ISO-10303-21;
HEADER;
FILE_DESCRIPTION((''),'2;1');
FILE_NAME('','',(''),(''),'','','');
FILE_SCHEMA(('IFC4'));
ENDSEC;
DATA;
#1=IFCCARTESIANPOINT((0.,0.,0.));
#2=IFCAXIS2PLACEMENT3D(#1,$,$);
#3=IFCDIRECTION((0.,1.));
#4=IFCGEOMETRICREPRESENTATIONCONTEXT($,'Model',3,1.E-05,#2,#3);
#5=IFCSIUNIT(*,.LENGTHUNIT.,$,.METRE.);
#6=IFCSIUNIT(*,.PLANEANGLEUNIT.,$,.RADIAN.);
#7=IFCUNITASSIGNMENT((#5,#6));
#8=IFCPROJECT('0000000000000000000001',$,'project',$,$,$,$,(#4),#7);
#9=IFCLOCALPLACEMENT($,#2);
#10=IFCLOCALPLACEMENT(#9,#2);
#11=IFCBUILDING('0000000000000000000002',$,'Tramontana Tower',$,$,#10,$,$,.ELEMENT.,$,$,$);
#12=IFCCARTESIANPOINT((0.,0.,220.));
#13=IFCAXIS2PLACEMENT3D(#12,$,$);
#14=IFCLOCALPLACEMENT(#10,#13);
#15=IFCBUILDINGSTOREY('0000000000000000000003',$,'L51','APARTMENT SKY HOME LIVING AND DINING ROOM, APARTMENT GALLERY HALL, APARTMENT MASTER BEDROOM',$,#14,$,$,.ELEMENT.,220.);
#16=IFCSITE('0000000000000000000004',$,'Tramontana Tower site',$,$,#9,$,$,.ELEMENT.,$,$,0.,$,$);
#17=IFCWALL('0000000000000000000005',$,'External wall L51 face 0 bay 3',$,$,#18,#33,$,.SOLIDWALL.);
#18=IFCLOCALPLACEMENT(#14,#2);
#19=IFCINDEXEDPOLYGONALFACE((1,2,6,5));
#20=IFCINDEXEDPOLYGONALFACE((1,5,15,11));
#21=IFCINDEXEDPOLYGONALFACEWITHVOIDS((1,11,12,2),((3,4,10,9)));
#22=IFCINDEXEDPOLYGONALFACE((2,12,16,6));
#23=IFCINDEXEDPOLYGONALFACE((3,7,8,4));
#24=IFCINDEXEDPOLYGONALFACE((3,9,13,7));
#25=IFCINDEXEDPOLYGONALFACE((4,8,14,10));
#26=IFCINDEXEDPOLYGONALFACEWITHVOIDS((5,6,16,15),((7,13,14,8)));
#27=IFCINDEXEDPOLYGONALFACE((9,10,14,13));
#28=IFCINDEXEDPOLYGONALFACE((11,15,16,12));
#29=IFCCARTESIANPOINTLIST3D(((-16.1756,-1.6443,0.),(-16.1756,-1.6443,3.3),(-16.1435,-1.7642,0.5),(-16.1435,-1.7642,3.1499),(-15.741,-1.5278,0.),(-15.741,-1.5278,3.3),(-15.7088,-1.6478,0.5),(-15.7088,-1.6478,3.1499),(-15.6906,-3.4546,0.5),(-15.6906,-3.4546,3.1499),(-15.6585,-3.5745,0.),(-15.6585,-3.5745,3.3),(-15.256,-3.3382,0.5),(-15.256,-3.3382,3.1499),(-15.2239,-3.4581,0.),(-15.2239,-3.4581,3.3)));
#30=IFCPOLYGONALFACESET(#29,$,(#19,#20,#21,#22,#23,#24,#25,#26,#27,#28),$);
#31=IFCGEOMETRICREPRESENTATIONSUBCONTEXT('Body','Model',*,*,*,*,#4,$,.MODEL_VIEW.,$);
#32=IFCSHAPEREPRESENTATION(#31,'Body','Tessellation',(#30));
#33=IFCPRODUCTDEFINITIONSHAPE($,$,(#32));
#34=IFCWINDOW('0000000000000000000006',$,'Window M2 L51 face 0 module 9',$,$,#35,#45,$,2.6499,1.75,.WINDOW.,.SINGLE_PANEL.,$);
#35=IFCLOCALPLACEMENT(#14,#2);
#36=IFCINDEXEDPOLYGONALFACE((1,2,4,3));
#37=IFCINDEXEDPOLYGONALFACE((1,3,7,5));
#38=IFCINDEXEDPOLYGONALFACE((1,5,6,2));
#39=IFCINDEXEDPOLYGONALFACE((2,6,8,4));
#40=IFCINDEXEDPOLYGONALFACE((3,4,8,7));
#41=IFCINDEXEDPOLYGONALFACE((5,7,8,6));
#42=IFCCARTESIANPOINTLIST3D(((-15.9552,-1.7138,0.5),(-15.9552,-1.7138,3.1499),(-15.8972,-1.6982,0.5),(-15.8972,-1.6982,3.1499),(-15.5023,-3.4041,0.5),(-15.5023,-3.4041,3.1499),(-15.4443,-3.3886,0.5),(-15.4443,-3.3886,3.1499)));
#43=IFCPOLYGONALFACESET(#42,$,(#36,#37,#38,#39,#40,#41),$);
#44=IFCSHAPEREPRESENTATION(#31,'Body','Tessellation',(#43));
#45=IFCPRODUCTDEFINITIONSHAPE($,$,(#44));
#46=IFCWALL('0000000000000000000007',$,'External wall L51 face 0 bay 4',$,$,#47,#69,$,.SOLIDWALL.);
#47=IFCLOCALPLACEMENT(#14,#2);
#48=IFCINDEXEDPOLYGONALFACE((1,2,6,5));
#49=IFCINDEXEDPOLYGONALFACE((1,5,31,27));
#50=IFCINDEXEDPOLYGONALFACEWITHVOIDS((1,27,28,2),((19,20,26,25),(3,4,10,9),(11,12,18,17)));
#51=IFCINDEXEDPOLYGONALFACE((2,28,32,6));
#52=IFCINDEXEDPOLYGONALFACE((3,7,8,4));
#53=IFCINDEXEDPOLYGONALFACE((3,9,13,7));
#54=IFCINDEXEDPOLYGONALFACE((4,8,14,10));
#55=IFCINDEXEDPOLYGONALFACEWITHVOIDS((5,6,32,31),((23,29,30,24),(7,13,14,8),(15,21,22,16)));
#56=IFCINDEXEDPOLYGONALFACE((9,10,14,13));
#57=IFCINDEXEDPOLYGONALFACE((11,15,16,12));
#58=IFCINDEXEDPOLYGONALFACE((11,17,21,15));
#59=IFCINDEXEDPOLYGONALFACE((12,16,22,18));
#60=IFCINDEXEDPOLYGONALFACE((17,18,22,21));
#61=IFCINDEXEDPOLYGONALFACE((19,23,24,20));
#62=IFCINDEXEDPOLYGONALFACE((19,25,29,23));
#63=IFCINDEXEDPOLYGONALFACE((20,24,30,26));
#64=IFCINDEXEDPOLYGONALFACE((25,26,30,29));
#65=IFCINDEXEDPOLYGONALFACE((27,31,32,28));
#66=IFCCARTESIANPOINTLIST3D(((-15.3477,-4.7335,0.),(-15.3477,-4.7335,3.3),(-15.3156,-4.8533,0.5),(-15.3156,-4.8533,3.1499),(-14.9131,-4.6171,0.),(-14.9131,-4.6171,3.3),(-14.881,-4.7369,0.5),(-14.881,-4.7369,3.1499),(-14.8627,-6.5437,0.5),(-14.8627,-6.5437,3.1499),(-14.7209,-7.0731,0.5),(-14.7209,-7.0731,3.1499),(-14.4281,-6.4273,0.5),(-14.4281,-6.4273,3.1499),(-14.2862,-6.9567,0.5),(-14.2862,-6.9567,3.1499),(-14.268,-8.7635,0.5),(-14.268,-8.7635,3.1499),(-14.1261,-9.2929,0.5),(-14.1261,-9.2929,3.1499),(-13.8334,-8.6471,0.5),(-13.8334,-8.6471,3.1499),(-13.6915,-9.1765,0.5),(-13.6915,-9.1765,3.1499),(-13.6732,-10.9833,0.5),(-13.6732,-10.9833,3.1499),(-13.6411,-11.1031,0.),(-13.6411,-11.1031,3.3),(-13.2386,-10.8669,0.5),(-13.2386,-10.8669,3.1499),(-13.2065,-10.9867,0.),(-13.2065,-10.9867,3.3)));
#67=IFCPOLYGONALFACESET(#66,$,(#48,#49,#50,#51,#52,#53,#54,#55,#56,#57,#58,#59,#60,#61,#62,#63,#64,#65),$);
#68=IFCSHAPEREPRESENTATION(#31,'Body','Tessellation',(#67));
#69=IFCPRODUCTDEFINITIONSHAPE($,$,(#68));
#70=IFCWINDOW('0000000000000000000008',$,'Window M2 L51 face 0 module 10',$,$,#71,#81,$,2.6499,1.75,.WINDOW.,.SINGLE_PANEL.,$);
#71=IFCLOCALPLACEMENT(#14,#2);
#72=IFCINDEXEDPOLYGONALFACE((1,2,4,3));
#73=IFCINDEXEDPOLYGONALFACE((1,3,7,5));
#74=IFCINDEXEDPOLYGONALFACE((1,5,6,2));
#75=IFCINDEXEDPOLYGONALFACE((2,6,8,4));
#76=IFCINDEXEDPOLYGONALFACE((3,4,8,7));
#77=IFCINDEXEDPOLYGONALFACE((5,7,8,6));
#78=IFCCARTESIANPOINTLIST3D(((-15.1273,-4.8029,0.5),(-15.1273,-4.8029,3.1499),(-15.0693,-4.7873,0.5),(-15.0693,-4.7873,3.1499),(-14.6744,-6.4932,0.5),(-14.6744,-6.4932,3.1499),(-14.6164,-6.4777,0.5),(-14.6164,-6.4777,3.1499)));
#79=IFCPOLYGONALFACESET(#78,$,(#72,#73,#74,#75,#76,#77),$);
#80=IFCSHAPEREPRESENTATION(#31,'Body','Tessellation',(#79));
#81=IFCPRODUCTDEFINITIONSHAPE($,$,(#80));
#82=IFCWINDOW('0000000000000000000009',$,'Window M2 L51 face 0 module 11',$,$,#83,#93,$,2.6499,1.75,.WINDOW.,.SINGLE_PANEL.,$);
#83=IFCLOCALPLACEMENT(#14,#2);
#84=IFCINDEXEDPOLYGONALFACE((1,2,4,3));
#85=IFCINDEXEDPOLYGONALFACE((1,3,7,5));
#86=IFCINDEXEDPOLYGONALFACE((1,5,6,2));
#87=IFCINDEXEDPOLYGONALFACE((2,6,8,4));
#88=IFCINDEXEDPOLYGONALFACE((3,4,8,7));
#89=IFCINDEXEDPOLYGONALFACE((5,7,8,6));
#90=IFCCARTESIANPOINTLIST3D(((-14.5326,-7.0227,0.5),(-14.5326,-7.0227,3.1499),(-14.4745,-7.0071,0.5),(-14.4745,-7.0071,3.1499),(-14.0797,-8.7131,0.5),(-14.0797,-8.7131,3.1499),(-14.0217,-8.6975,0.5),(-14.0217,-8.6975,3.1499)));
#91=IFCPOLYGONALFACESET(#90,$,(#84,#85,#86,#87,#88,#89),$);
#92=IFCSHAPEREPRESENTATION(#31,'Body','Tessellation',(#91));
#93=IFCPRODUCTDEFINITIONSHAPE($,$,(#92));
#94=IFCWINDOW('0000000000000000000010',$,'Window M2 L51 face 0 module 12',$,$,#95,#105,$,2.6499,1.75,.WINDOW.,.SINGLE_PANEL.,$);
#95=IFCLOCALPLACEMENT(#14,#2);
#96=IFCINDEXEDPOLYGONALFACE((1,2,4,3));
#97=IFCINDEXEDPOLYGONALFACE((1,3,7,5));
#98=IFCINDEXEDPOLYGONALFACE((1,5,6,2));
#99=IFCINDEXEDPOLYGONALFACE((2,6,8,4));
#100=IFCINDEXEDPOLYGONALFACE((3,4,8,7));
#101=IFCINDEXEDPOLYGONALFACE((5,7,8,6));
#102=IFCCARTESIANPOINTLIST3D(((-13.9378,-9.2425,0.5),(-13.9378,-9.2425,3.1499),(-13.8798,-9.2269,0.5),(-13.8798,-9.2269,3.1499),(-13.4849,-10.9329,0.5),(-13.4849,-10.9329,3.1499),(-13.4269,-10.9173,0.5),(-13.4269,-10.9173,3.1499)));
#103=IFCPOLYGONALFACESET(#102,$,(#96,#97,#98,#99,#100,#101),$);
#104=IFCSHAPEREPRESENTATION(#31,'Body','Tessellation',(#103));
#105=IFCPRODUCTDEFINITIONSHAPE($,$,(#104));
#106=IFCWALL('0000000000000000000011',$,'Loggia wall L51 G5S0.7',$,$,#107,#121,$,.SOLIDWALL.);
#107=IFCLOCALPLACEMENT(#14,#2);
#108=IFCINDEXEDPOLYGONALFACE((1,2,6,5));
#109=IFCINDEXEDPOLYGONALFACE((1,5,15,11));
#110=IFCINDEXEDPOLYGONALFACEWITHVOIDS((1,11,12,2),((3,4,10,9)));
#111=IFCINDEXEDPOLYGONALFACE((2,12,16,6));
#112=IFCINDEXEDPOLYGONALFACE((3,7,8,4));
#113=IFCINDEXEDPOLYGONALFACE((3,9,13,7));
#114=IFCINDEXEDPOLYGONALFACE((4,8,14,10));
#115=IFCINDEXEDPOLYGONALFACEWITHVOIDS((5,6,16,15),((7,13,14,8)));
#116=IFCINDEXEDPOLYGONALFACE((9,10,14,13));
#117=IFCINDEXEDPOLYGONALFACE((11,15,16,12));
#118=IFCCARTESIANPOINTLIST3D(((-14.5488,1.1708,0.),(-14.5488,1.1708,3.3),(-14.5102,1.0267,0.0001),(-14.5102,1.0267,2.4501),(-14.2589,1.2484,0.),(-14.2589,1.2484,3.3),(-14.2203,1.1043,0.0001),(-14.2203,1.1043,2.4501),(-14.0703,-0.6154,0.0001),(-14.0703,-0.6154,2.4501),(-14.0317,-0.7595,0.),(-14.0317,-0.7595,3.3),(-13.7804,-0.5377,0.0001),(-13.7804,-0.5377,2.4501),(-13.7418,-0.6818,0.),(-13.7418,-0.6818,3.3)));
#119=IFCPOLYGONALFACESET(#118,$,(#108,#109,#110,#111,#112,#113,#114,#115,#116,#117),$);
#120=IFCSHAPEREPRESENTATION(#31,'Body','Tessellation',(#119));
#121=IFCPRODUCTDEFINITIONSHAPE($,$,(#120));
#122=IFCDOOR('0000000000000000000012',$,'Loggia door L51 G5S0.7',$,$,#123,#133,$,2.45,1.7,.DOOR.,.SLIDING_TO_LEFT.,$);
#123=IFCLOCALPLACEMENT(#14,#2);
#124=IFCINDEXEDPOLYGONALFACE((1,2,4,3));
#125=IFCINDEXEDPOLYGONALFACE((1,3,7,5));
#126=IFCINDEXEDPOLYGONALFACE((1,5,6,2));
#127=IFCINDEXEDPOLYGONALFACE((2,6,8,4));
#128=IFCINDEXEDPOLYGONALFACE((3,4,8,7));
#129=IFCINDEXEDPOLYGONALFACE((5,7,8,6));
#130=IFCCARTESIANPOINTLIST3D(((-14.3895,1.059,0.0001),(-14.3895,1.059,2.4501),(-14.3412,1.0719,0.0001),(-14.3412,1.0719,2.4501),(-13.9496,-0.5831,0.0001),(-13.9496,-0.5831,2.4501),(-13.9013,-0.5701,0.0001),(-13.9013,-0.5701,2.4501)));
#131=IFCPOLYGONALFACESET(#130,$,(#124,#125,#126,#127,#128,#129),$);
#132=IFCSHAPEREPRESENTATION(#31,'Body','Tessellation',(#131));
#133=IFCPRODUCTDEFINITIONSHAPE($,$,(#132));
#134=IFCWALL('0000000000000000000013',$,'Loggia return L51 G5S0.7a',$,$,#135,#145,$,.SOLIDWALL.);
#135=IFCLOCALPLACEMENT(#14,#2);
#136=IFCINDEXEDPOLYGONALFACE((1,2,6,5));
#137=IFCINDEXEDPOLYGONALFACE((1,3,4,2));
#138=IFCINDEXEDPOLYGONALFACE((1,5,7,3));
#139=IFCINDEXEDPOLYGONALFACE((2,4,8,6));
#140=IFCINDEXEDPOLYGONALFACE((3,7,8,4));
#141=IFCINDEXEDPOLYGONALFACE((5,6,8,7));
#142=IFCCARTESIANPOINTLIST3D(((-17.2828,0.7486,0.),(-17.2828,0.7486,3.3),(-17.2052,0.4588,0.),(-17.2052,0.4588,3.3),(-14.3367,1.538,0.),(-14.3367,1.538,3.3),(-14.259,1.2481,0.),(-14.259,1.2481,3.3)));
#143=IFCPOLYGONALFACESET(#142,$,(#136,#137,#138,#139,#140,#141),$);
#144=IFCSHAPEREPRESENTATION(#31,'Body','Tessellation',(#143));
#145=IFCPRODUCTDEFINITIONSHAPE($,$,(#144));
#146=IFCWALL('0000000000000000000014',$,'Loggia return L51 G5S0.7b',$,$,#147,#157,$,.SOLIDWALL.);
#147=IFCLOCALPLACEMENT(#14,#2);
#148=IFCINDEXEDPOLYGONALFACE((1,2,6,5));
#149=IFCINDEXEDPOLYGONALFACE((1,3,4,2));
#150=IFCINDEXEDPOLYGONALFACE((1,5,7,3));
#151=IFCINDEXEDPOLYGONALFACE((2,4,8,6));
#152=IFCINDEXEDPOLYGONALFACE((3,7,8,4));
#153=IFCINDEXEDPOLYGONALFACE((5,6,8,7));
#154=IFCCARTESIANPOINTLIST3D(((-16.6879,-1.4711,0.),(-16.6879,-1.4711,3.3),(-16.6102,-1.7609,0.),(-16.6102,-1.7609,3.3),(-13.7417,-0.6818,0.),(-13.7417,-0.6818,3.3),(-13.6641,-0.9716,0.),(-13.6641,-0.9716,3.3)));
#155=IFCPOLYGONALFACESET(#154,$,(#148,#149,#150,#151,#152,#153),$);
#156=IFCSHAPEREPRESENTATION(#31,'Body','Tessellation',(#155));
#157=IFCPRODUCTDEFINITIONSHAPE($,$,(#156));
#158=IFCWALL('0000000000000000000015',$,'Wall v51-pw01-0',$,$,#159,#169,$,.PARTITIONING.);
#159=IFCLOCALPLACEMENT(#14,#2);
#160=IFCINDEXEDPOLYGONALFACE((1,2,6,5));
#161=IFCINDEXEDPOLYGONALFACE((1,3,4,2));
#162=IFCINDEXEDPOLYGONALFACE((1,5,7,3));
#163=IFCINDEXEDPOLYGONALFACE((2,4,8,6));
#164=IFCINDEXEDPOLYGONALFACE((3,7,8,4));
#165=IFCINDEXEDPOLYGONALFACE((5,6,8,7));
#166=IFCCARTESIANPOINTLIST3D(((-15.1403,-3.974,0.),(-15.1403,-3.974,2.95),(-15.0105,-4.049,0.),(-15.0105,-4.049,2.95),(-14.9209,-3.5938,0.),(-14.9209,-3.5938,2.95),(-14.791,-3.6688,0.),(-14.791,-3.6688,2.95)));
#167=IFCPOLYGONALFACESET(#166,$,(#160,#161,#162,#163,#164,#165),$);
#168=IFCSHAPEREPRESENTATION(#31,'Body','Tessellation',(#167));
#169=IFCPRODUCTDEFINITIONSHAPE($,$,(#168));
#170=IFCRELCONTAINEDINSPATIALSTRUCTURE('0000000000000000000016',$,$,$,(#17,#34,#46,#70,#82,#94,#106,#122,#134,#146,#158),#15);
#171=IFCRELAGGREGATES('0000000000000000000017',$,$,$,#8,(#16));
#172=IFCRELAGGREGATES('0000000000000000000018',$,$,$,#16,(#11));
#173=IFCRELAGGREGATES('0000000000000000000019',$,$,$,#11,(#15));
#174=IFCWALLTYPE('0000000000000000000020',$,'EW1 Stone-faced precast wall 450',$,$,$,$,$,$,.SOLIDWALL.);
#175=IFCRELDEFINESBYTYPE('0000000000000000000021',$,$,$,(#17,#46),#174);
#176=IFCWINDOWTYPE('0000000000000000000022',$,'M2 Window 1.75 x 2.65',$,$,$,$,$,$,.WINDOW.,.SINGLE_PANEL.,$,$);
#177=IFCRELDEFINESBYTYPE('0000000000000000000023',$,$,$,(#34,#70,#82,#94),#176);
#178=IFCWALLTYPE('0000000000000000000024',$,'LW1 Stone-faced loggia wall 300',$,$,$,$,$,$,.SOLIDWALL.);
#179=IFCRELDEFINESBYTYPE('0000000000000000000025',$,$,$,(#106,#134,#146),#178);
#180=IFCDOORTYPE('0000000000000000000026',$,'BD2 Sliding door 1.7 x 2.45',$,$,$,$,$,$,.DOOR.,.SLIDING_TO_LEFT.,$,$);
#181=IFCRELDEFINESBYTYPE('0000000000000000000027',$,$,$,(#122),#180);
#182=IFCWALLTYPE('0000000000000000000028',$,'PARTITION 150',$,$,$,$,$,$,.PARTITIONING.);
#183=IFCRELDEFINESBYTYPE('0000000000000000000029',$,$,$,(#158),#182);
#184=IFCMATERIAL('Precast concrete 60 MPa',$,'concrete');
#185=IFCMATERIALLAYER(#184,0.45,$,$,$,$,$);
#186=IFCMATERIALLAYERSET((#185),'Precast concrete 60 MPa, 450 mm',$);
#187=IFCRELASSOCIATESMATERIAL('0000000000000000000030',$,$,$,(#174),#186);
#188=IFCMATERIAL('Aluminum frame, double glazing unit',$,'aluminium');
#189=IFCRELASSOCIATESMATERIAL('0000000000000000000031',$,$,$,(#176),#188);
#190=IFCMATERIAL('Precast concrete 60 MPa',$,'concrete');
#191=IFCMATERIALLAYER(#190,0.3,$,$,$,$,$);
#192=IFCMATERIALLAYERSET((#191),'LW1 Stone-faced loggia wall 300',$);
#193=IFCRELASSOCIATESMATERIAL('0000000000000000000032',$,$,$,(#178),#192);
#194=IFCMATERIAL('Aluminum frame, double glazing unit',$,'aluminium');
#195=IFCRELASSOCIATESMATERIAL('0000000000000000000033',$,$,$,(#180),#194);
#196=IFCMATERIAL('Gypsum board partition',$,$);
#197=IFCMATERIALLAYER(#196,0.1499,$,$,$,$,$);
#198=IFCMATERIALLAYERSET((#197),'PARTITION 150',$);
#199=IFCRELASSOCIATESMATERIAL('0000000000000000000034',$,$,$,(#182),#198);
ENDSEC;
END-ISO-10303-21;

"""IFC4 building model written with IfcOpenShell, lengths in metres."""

from ifc_helpers import new_model, si_unit, direction, frame, frame_2d, origin, place, context, subcontext, project, spatial, rectangle, extrude, material, layer, layer_set, type_object, element, fill, save


model = new_model("IFC4")

# Units and contexts
model_context = context("Model", 3, precision=1e-05, world=origin(), true_north=direction((0.0, 1.0)))
body_context = subcontext(model_context, "Body", "Model", "MODEL_VIEW")
ifc_project = project(units=[si_unit("LENGTHUNIT", "METRE"), si_unit("PLANEANGLEUNIT", "RADIAN")], contexts=[model_context])

# Site, building, storey
site_placement = place(None, origin())
site = spatial("IfcSite", under=ifc_project, at=site_placement, Name="Tramontana Tower site", CompositionType="ELEMENT", RefElevation=0.0)
building_placement = place(site_placement, origin())
building = spatial("IfcBuilding", under=site, at=building_placement, Name="Tramontana Tower", CompositionType="ELEMENT")
storey_placement = place(building_placement, frame((0.0, 0.0, 220.0)))
storey = spatial("IfcBuildingStorey", under=building, at=storey_placement, Name="L51", Description="APARTMENT SKY HOME LIVING AND DINING ROOM, APARTMENT GALLERY HALL, APARTMENT MASTER BEDROOM", CompositionType="ELEMENT", Elevation=220.0)

# Wall, opening, window
ifc_material_1 = material(Name="Precast concrete 60 MPa", Category="concrete")
ifc_layer_1 = layer(ifc_material_1, 0.45)
ifc_layer_set_1 = layer_set([ifc_layer_1], Name="Precast concrete 60 MPa, 450 mm")
wall_type_1 = type_object("IfcWallType", Name="EW1 Stone-faced precast wall 450", PredefinedType="SOLIDWALL", material=ifc_layer_set_1)
wall_1_placement = place(storey_placement, frame((-15.9583, -1.5862, 0.0), z_axis=(0.0, 0.0, 1.0), x_axis=(0.258773, -0.965938, 0.0)))
wall_1 = element("IfcWall", 1, at=wall_1_placement, inside=storey, type_object=wall_type_1, Name="External wall L51 face 0 bay 3", PredefinedType="SOLIDWALL", context=body_context, shape_type="SweptSolid", body=[
    extrude(rectangle(XDim=1.9983, YDim=0.45, at=frame_2d((0.999, 0.0))), origin(), (0.0, 0.0, 1.0), 3.3),
])
opening_1_placement = place(wall_1_placement, frame((0.124, 0.0, 0.5)))
opening_1 = element("IfcOpeningElement", 2, at=opening_1_placement, cuts=wall_1, PredefinedType="OPENING", context=body_context, shape_type="SweptSolid", body=[
    extrude(rectangle(XDim=1.75, YDim=2.6499, at=frame_2d((0.875, 1.325))), frame((0.0, 0.2349, 0.0), z_axis=(0.0, -1.0, 0.0), x_axis=(1.0, 0.0, 0.0)), (0.0, 0.0, 1.0), 0.47),
])
ifc_material_2 = material(Name="Aluminum frame, double glazing unit", Category="aluminium")
window_type = type_object("IfcWindowType", Name="M2 Window 1.75 x 2.65", PartitioningType="SINGLE_PANEL", PredefinedType="WINDOW", material=ifc_material_2)
window_1_placement = place(opening_1_placement, origin())
window_1 = element("IfcWindow", 3, at=window_1_placement, inside=storey, type_object=window_type, Name="Window M2 L51 face 0 module 9", OverallHeight=2.6499, OverallWidth=1.75, PartitioningType="SINGLE_PANEL", PredefinedType="WINDOW", context=body_context, shape_type="SweptSolid", body=[
    extrude(rectangle(XDim=1.75, YDim=2.6499, at=frame_2d((0.875, 1.325))), frame((0.0, 0.03, 0.0), z_axis=(0.0, -1.0, 0.0), x_axis=(1.0, 0.0, 0.0)), (0.0, 0.0, 1.0), 0.0601),
])
fill(opening_1, window_1)

# Wall, openings, windows
wall_2_placement = place(storey_placement, frame((-15.1304, -4.6753, 0.0), z_axis=(0.0, 0.0, 1.0), x_axis=(0.258792, -0.965933, 0.0)))
wall_2 = element("IfcWall", 4, at=wall_2_placement, inside=storey, type_object=wall_type_1, Name="External wall L51 face 0 bay 4", PredefinedType="SOLIDWALL", context=body_context, shape_type="SweptSolid", body=[
    extrude(rectangle(XDim=6.5942, YDim=0.45, at=frame_2d((3.2971, 0.0))), origin(), (0.0, 0.0, 1.0), 3.3),
])
opening_2_placement = place(wall_2_placement, frame((0.124, 0.0, 0.5)))
opening_2 = element("IfcOpeningElement", 5, at=opening_2_placement, cuts=wall_2, PredefinedType="OPENING", context=body_context, shape_type="SweptSolid", body=[
    extrude(rectangle(XDim=1.75, YDim=2.6499, at=frame_2d((0.875, 1.325))), frame((0.0, 0.2349, 0.0), z_axis=(0.0, -1.0, 0.0), x_axis=(1.0, 0.0, 0.0)), (0.0, 0.0, 1.0), 0.47),
])
opening_3_placement = place(wall_2_placement, frame((2.4221, 0.0, 0.5)))
opening_3 = element("IfcOpeningElement", 6, at=opening_3_placement, cuts=wall_2, PredefinedType="OPENING", context=body_context, shape_type="SweptSolid", body=[
    extrude(rectangle(XDim=1.75, YDim=2.6499, at=frame_2d((0.875, 1.325))), frame((0.0, 0.2349, 0.0), z_axis=(0.0, -1.0, 0.0), x_axis=(1.0, 0.0, 0.0)), (0.0, 0.0, 1.0), 0.47),
])
opening_4_placement = place(wall_2_placement, frame((4.7202, 0.0, 0.5)))
opening_4 = element("IfcOpeningElement", 7, at=opening_4_placement, cuts=wall_2, PredefinedType="OPENING", context=body_context, shape_type="SweptSolid", body=[
    extrude(rectangle(XDim=1.75, YDim=2.6499, at=frame_2d((0.875, 1.325))), frame((0.0, 0.2349, 0.0), z_axis=(0.0, -1.0, 0.0), x_axis=(1.0, 0.0, 0.0)), (0.0, 0.0, 1.0), 0.47),
])
window_2_placement = place(opening_2_placement, origin())
window_2 = element("IfcWindow", 8, at=window_2_placement, inside=storey, type_object=window_type, Name="Window M2 L51 face 0 module 10", OverallHeight=2.6499, OverallWidth=1.75, PartitioningType="SINGLE_PANEL", PredefinedType="WINDOW", context=body_context, shape_type="SweptSolid", body=[
    extrude(rectangle(XDim=1.75, YDim=2.6499, at=frame_2d((0.875, 1.325))), frame((0.0, 0.03, 0.0), z_axis=(0.0, -1.0, 0.0), x_axis=(1.0, 0.0, 0.0)), (0.0, 0.0, 1.0), 0.0601),
])
fill(opening_2, window_2)
window_3_placement = place(opening_3_placement, origin())
window_3 = element("IfcWindow", 9, at=window_3_placement, inside=storey, type_object=window_type, Name="Window M2 L51 face 0 module 11", OverallHeight=2.6499, OverallWidth=1.75, PartitioningType="SINGLE_PANEL", PredefinedType="WINDOW", context=body_context, shape_type="SweptSolid", body=[
    extrude(rectangle(XDim=1.75, YDim=2.6499, at=frame_2d((0.875, 1.325))), frame((0.0, 0.03, 0.0), z_axis=(0.0, -1.0, 0.0), x_axis=(1.0, 0.0, 0.0)), (0.0, 0.0, 1.0), 0.0601),
])
fill(opening_3, window_3)
window_4_placement = place(opening_4_placement, origin())
window_4 = element("IfcWindow", 10, at=window_4_placement, inside=storey, type_object=window_type, Name="Window M2 L51 face 0 module 12", OverallHeight=2.6499, OverallWidth=1.75, PartitioningType="SINGLE_PANEL", PredefinedType="WINDOW", context=body_context, shape_type="SweptSolid", body=[
    extrude(rectangle(XDim=1.75, YDim=2.6499, at=frame_2d((0.875, 1.325))), frame((0.0, 0.03, 0.0), z_axis=(0.0, -1.0, 0.0), x_axis=(1.0, 0.0, 0.0)), (0.0, 0.0, 1.0), 0.0601),
])
fill(opening_4, window_4)

# Wall, opening, door
ifc_material_3 = material(Name="Precast concrete 60 MPa", Category="concrete")
ifc_layer_2 = layer(ifc_material_3, 0.3)
ifc_layer_set_2 = layer_set([ifc_layer_2], Name="LW1 Stone-faced loggia wall 300")
wall_type_2 = type_object("IfcWallType", Name="LW1 Stone-faced loggia wall 300", PredefinedType="SOLIDWALL", material=ifc_layer_set_2)
wall_3_placement = place(storey_placement, frame((-14.4038, 1.2095, 0.0), z_axis=(0.0, 0.0, 1.0), x_axis=(0.258773, -0.965938, 0.0)))
wall_3 = element("IfcWall", 11, at=wall_3_placement, inside=storey, type_object=wall_type_2, Name="Loggia wall L51 G5S0.7", PredefinedType="SOLIDWALL", context=body_context, shape_type="SweptSolid", body=[
    extrude(rectangle(XDim=1.9983, YDim=0.3, at=frame_2d((0.999, 0.0))), origin(), (0.0, 0.0, 1.0), 3.3),
])
opening_5_placement = place(wall_3_placement, frame((0.1489, 0.0, 0.0)))
opening_5 = element("IfcOpeningElement", 12, at=opening_5_placement, cuts=wall_3, PredefinedType="OPENING", context=body_context, shape_type="SweptSolid", body=[
    extrude(rectangle(XDim=1.7, YDim=2.45, at=frame_2d((0.8501, 1.2251))), frame((0.0, 0.1599, 0.0), z_axis=(0.0, -1.0, 0.0), x_axis=(1.0, 0.0, 0.0)), (0.0, 0.0, 1.0), 0.3201),
])
ifc_material_4 = material(Name="Aluminum frame, double glazing unit", Category="aluminium")
door_type_1 = type_object("IfcDoorType", Name="BD2 Sliding door 1.7 x 2.45", OperationType="SLIDING_TO_LEFT", PredefinedType="DOOR", material=ifc_material_4)
door_1_placement = place(opening_5_placement, origin())
door_1 = element("IfcDoor", 13, at=door_1_placement, inside=storey, type_object=door_type_1, Name="Loggia door L51 G5S0.7", OperationType="SLIDING_TO_LEFT", OverallHeight=2.45, OverallWidth=1.7, PredefinedType="DOOR", context=body_context, shape_type="SweptSolid", body=[
    extrude(rectangle(XDim=1.7, YDim=2.45, at=frame_2d((0.8501, 1.2251))), frame((0.0, 0.0249, 0.0), z_axis=(0.0, -1.0, 0.0), x_axis=(1.0, 0.0, 0.0)), (0.0, 0.0, 1.0), 0.05),
])
fill(opening_5, door_1)

# Walls
for number, where, z_axis, x_axis, name in (
    (14, (-17.2439, 0.6038, 0.0), (0.0, 0.0, 1.0), (0.965933, 0.258793, 0.0), "Loggia return L51 G5S0.7a"),
    (15, (-16.6489, -1.616, 0.0), (0.0, 0.0, 1.0), (0.965933, 0.258793, 0.0), "Loggia return L51 G5S0.7b"),
):
    element("IfcWall", number, at=place(storey_placement, frame(where, z_axis=z_axis, x_axis=x_axis)), inside=storey, type_object=wall_type_2, Name=name, PredefinedType="SOLIDWALL", context=body_context, shape_type="SweptSolid", body=[
        extrude(rectangle(XDim=3.05, YDim=0.3, at=frame_2d((1.5249, 0.0))), origin(), (0.0, 0.0, 1.0), 3.3),
    ])
ifc_material_5 = material(Name="Gypsum board partition")
ifc_layer_3 = layer(ifc_material_5, 0.1499)
ifc_layer_set_3 = layer_set([ifc_layer_3], Name="PARTITION 150")
wall_type_3 = type_object("IfcWallType", Name="PARTITION 150", PredefinedType="PARTITIONING", material=ifc_layer_set_3)
wall_4_placement = place(storey_placement, frame((-15.0754, -4.0115, 0.0), z_axis=(0.0, 0.0, 1.0), x_axis=(0.500027, 0.86601, 0.0)))
element("IfcWall", 16, at=wall_4_placement, inside=storey, type_object=wall_type_3, Name="Wall v51-pw01-0", PredefinedType="PARTITIONING", context=body_context, shape_type="SweptSolid", body=[
    extrude(rectangle(XDim=0.439, YDim=0.1499, at=frame_2d((0.2195, 0.0))), origin(), (0.0, 0.0, 1.0), 2.95),
])

save(model, "model.ifc")
